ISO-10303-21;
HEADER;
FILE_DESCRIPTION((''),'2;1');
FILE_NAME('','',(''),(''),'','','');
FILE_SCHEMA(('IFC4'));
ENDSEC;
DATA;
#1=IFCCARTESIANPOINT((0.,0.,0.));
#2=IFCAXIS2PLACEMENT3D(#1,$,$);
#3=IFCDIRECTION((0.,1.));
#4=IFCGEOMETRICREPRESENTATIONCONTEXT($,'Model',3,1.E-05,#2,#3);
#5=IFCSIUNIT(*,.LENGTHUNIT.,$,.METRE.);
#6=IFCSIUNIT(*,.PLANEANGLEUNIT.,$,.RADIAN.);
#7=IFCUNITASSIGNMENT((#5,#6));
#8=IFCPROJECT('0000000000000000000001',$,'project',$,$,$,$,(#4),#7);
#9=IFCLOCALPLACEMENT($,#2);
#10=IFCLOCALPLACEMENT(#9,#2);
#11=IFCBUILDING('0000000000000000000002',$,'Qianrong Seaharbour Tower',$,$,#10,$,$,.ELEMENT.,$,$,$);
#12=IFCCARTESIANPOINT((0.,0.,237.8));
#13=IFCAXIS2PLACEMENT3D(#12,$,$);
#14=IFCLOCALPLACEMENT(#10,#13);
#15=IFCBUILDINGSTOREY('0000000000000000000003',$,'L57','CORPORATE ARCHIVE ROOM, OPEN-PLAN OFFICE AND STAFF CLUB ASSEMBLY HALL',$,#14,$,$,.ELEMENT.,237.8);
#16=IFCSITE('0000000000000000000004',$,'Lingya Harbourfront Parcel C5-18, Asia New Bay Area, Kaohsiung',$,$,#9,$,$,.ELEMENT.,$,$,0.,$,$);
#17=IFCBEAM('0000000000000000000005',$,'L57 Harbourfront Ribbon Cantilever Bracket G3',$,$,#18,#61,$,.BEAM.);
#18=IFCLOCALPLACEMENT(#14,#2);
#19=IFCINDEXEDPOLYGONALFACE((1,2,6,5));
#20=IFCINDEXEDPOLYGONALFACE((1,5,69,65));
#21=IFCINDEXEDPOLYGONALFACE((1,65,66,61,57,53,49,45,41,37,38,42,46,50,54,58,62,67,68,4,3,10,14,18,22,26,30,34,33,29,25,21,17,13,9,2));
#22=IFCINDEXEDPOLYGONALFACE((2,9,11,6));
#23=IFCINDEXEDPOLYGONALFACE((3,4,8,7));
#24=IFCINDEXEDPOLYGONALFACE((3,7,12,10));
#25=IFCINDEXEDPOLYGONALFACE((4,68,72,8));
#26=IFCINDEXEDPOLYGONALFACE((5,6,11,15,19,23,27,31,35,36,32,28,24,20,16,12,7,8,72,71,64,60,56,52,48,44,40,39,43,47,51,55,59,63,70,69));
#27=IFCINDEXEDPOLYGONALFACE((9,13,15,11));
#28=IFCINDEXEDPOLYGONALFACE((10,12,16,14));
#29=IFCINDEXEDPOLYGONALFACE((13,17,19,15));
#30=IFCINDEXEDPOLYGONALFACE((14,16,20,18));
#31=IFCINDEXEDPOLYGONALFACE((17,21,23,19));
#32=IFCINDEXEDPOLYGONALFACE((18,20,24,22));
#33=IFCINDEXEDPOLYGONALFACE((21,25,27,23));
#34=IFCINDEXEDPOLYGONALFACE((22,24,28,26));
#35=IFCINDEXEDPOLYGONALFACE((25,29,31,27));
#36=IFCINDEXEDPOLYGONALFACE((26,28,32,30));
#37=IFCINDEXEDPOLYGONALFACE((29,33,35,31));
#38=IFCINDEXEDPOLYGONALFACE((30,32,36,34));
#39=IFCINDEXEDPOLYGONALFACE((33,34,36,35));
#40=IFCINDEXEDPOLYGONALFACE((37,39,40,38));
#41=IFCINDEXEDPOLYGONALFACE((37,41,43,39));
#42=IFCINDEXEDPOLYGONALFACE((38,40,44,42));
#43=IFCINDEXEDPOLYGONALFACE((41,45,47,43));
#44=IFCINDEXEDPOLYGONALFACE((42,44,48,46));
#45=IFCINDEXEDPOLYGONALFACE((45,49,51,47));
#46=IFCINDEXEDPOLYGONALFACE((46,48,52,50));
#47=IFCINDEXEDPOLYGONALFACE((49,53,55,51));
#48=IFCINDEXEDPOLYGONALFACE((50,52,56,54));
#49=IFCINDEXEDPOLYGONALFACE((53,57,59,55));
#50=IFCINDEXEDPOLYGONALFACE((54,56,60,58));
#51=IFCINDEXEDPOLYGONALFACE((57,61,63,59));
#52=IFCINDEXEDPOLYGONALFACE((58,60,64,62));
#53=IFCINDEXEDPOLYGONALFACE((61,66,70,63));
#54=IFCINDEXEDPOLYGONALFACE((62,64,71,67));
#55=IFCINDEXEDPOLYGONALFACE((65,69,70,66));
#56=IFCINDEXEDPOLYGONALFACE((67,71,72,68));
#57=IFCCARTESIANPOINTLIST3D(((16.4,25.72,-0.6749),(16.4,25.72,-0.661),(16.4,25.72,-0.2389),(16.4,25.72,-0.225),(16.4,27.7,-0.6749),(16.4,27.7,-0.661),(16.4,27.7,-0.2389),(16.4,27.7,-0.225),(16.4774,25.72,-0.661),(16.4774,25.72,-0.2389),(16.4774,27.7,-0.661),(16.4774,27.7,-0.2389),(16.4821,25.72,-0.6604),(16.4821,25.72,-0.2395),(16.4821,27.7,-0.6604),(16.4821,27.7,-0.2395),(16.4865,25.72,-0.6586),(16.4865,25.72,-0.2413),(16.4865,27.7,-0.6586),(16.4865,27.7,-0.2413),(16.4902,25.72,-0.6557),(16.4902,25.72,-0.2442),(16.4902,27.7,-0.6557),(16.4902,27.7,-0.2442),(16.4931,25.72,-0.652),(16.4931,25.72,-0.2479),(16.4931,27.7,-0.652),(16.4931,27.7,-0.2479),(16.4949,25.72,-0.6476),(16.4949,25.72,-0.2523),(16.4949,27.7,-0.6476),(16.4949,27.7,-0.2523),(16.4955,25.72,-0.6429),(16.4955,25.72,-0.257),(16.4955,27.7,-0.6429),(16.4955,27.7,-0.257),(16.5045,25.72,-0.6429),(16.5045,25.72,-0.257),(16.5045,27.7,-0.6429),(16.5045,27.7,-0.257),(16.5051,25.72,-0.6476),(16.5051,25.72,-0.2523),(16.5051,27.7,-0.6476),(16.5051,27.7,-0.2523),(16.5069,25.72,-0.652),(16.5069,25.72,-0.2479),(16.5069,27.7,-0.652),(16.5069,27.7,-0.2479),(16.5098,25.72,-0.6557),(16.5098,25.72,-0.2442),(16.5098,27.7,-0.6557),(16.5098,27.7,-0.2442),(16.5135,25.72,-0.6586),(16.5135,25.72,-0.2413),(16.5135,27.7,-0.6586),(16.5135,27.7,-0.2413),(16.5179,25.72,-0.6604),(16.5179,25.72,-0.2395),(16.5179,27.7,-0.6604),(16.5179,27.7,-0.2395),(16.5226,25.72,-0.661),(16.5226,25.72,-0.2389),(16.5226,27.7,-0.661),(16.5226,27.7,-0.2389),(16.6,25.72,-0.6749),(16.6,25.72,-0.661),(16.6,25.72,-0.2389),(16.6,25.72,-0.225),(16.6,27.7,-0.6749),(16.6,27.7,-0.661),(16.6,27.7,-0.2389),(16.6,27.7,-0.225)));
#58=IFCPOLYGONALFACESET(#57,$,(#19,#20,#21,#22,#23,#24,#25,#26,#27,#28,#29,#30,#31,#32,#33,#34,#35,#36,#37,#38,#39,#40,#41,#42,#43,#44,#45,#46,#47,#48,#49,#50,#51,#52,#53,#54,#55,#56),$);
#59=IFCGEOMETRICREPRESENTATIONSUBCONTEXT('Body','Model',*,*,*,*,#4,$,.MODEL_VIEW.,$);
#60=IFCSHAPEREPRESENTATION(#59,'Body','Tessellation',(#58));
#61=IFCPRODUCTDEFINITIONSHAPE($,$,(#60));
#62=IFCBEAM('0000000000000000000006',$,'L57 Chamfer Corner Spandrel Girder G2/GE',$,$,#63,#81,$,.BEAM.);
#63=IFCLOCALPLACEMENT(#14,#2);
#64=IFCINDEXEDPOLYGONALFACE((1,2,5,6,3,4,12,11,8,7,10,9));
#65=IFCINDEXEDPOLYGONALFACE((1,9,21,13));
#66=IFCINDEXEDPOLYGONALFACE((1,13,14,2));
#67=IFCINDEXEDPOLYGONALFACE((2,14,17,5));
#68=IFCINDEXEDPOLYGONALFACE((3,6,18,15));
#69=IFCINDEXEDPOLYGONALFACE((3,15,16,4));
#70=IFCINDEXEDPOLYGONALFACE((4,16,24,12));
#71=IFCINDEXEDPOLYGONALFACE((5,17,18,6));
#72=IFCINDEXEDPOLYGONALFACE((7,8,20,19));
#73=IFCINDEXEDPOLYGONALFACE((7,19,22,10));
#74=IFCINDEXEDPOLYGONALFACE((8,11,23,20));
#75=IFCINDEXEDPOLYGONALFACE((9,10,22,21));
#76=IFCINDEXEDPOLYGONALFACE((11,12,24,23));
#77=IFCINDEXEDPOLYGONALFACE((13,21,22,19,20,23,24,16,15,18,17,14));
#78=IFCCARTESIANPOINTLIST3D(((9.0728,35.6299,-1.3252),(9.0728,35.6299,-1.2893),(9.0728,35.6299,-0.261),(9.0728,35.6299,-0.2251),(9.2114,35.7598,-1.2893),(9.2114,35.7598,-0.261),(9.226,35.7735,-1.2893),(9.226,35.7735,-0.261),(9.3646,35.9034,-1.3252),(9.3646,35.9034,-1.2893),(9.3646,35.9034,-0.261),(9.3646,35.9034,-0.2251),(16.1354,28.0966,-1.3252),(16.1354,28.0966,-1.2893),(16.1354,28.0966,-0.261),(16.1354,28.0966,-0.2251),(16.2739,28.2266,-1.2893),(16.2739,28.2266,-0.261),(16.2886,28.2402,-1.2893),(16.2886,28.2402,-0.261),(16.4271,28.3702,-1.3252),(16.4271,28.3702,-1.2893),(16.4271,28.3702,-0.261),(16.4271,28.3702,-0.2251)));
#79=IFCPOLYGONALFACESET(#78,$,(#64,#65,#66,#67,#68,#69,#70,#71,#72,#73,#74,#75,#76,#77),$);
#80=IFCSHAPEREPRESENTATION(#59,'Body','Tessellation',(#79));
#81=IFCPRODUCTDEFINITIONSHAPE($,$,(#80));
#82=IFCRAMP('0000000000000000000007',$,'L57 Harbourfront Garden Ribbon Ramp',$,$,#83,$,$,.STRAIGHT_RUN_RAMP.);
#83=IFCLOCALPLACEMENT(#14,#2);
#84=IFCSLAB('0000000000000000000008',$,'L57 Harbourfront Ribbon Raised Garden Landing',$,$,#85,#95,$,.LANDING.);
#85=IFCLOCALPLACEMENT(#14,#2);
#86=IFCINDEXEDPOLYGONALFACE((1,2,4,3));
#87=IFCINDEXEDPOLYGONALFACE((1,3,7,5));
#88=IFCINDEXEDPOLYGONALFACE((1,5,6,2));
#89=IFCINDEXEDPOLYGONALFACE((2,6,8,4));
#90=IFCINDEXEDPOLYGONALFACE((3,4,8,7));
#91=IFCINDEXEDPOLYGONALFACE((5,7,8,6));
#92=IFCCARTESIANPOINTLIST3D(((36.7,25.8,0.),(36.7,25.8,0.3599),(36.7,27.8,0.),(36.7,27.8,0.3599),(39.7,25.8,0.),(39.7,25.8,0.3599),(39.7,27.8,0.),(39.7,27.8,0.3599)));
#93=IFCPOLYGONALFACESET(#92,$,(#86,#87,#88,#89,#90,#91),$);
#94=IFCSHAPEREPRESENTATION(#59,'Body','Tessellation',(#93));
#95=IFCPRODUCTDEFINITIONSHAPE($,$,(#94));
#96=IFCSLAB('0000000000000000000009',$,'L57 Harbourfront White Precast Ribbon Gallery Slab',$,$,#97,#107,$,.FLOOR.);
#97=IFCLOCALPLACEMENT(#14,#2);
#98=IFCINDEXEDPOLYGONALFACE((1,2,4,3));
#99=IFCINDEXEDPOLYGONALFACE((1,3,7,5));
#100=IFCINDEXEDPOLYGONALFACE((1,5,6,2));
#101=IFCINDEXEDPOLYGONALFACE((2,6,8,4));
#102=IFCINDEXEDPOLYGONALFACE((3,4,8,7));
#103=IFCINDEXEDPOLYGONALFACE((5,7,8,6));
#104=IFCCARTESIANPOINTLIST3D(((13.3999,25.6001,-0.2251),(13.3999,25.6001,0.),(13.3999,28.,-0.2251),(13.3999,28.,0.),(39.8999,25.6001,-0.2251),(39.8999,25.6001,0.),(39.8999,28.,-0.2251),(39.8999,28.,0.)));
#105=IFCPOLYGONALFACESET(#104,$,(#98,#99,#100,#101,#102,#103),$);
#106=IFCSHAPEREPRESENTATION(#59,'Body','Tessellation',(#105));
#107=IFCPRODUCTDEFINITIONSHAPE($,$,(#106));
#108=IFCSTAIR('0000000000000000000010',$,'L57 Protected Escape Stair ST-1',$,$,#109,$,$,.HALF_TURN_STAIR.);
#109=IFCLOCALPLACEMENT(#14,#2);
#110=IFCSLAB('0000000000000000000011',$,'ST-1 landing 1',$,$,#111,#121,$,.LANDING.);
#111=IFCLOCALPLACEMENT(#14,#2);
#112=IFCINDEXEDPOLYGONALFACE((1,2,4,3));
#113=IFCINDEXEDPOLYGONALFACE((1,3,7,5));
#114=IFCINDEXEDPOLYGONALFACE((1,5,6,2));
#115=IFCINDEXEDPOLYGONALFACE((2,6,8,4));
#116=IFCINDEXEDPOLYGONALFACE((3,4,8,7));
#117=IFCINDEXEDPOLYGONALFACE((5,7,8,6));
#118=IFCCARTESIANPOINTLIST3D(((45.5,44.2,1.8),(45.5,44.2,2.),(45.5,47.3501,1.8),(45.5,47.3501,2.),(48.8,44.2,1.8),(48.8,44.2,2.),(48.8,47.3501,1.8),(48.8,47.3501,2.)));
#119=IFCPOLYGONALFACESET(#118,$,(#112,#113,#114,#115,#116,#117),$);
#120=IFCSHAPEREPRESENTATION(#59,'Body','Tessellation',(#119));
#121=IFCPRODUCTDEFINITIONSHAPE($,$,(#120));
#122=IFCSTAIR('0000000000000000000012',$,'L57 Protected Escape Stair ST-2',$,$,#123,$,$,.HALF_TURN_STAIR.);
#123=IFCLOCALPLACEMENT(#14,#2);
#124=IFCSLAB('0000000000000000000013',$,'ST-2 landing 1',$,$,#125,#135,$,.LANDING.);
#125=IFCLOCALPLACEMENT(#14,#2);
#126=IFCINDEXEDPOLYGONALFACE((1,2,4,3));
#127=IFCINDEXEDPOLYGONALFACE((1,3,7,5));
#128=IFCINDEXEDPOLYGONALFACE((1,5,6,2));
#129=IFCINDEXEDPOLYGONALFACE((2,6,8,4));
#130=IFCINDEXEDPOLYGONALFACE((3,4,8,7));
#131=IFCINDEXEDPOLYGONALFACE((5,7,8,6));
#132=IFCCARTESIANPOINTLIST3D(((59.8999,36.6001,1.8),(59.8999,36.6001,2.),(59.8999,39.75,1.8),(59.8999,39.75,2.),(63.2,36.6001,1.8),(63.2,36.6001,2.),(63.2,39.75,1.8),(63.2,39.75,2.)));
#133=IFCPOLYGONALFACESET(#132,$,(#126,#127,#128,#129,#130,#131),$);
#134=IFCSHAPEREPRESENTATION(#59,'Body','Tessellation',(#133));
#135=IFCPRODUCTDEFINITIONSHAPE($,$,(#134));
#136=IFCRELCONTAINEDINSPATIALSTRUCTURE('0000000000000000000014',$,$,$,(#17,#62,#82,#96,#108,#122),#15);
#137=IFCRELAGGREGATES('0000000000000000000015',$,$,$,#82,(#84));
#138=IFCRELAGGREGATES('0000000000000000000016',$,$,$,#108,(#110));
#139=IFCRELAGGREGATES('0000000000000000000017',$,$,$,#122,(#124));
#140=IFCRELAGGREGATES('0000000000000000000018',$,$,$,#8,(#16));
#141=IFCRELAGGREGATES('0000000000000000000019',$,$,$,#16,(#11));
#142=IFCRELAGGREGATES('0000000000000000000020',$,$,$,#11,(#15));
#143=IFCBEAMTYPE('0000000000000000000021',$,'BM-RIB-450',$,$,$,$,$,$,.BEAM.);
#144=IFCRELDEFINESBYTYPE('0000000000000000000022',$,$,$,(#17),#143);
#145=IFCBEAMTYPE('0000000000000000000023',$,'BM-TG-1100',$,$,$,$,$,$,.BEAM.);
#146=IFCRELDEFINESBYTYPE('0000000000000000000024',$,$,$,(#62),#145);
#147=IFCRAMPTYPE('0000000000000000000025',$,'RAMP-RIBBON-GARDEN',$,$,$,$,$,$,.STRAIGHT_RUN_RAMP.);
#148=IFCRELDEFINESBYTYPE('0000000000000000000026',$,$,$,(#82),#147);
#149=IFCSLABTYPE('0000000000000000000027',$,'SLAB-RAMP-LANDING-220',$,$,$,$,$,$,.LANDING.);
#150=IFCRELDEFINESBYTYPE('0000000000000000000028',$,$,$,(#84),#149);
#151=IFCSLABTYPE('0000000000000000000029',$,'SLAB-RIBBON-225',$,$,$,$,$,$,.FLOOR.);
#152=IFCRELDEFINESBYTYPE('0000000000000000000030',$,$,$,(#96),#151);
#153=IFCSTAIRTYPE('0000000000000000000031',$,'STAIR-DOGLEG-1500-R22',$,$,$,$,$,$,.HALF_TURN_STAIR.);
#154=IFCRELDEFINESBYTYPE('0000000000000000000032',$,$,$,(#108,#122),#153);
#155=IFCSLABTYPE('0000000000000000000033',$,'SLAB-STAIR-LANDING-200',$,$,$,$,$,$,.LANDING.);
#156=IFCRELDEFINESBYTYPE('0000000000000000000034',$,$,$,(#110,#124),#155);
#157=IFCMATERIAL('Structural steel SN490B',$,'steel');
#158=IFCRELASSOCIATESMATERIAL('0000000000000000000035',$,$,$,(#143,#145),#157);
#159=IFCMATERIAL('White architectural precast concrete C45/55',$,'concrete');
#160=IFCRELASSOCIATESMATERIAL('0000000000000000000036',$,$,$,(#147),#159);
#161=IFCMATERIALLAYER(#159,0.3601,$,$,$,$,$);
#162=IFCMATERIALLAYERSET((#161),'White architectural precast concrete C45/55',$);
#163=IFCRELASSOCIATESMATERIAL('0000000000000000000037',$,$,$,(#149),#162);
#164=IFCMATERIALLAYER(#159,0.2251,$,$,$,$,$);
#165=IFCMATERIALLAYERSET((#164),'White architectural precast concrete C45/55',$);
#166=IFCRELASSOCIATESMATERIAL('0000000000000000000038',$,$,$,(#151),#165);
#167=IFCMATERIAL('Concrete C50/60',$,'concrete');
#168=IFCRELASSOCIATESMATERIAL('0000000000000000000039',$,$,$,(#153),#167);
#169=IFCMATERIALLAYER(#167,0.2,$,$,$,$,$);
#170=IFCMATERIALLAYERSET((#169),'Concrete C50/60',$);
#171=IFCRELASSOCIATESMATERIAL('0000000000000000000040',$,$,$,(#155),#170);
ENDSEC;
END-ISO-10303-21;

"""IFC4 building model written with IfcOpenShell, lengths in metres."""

from ifc_helpers import new_model, si_unit, direction, frame, origin, origin_2d, place, context, subcontext, project, spatial, polyline, i_section, outline, extrude, material, layer, layer_set, material_profile, profile_set, type_object, element, aggregate, save


model = new_model("IFC4")

# Units and contexts
model_context = context("Model", 3, precision=1e-05, world=origin(), true_north=direction((0.0, 1.0)))
body_context = subcontext(model_context, "Body", "Model", "MODEL_VIEW")
ifc_project = project(units=[si_unit("LENGTHUNIT", "METRE"), si_unit("PLANEANGLEUNIT", "RADIAN")], contexts=[model_context])

# Site, building, storey
site_placement = place(None, origin())
site = spatial("IfcSite", under=ifc_project, at=site_placement, Name="Lingya Harbourfront Parcel C5-18, Asia New Bay Area, Kaohsiung", CompositionType="ELEMENT", RefElevation=0.0)
building_placement = place(site_placement, origin())
building = spatial("IfcBuilding", under=site, at=building_placement, Name="Qianrong Seaharbour Tower", CompositionType="ELEMENT")
storey_placement = place(building_placement, frame((0.0, 0.0, 237.8)))
storey = spatial("IfcBuildingStorey", under=building, at=storey_placement, Name="L57", Description="CORPORATE ARCHIVE ROOM, OPEN-PLAN OFFICE AND STAFF CLUB ASSEMBLY HALL", CompositionType="ELEMENT", Elevation=237.8)

# Shared definitions
ifc_material_1 = material(Name="Structural steel SN490B", Category="steel")

# Beams
ifc_material_profile_1 = material_profile(ifc_material_1, i_section(OverallWidth=0.2, OverallDepth=0.45, WebThickness=0.009, FlangeThickness=0.0139, FilletRadius=0.0181, at=origin_2d()), Name="H450x200x9x14")
ifc_profile_set_1 = profile_set([ifc_material_profile_1], Name="Structural steel SN490B")
beam_type_1 = type_object("IfcBeamType", Name="BM-RIB-450", PredefinedType="BEAM", material=ifc_profile_set_1)
beam_1_placement = place(storey_placement, frame((16.5, 27.7, -0.45), z_axis=(0.0, -1.0, 0.0), x_axis=(1.0, 0.0, 0.0)))
element("IfcBeam", 1, at=beam_1_placement, inside=storey, type_object=beam_type_1, Name="L57 Harbourfront Ribbon Cantilever Bracket G3", PredefinedType="BEAM", context=body_context, shape_type="SweptSolid", body=[
    extrude(i_section(OverallWidth=0.2, OverallDepth=0.45, WebThickness=0.009, FlangeThickness=0.0139, FilletRadius=0.0181, at=origin_2d()), origin(), (0.0, 0.0, 1.0), 1.98),
])
ifc_material_profile_2 = material_profile(ifc_material_1, i_section(OverallWidth=0.3999, OverallDepth=1.1001, WebThickness=0.02, FlangeThickness=0.0359, at=origin_2d()), Name="BH1100x400x20x36")
ifc_profile_set_2 = profile_set([ifc_material_profile_2], Name="Structural steel SN490B")
beam_type_2 = type_object("IfcBeamType", Name="BM-TG-1100", PredefinedType="BEAM", material=ifc_profile_set_2)
beam_2_placement = place(storey_placement, frame((16.2812, 28.2334, -0.7751), z_axis=(-0.683947, 0.729531, 0.0), x_axis=(-0.729531, -0.683947, 0.0)))
element("IfcBeam", 2, at=beam_2_placement, inside=storey, type_object=beam_type_2, Name="L57 Chamfer Corner Spandrel Girder G2/GE", PredefinedType="BEAM", context=body_context, shape_type="SweptSolid", body=[
    extrude(i_section(OverallWidth=0.3999, OverallDepth=1.1001, WebThickness=0.02, FlangeThickness=0.0359, at=origin_2d()), origin(), (0.0, 0.0, 1.0), 10.3262),
])

# Ramp, slab
ifc_material_2 = material(Name="White architectural precast concrete C45/55", Category="concrete")
ramp_type = type_object("IfcRampType", Name="RAMP-RIBBON-GARDEN", PredefinedType="STRAIGHT_RUN_RAMP", material=ifc_material_2)
ramp_placement = place(storey_placement, origin())
ramp = element("IfcRamp", 3, at=ramp_placement, inside=storey, type_object=ramp_type, Name="L57 Harbourfront Garden Ribbon Ramp", PredefinedType="STRAIGHT_RUN_RAMP")
ifc_layer_1 = layer(ifc_material_2, 0.3601)
ifc_layer_set_1 = layer_set([ifc_layer_1], Name="White architectural precast concrete C45/55")
slab_type_1 = type_object("IfcSlabType", Name="SLAB-RAMP-LANDING-220", PredefinedType="LANDING", material=ifc_layer_set_1)
slab_1_placement = place(storey_placement, origin())
slab_1 = element("IfcSlab", 4, at=slab_1_placement, type_object=slab_type_1, Name="L57 Harbourfront Ribbon Raised Garden Landing", PredefinedType="LANDING", context=body_context, shape_type="SweptSolid", body=[
    extrude(outline(polyline([(36.7, 25.8), (39.7, 25.8), (39.7, 27.8), (36.7, 27.8), (36.7, 25.8)])), origin(), (0.0, 0.0, 1.0), 0.3599),
])
aggregate(ramp, [slab_1])

# Slab
ifc_layer_2 = layer(ifc_material_2, 0.2251)
ifc_layer_set_2 = layer_set([ifc_layer_2], Name="White architectural precast concrete C45/55")
slab_type_2 = type_object("IfcSlabType", Name="SLAB-RIBBON-225", PredefinedType="FLOOR", material=ifc_layer_set_2)
slab_2_placement = place(storey_placement, frame((0.0, 0.0, -0.2251)))
element("IfcSlab", 5, at=slab_2_placement, inside=storey, type_object=slab_type_2, Name="L57 Harbourfront White Precast Ribbon Gallery Slab", PredefinedType="FLOOR", context=body_context, shape_type="SweptSolid", body=[
    extrude(outline(polyline([(13.3999, 25.6001), (39.8999, 25.6001), (39.8999, 28.0), (13.3999, 28.0), (13.3999, 25.6001)])), origin(), (0.0, 0.0, 1.0), 0.2251),
])

# Stairs, slabs
ifc_material_3 = material(Name="Concrete C50/60", Category="concrete")
stair_type = type_object("IfcStairType", Name="STAIR-DOGLEG-1500-R22", PredefinedType="HALF_TURN_STAIR", material=ifc_material_3)
stair_1_placement = place(storey_placement, origin())
stair_1 = element("IfcStair", 6, at=stair_1_placement, inside=storey, type_object=stair_type, Name="L57 Protected Escape Stair ST-1", PredefinedType="HALF_TURN_STAIR")
ifc_layer_3 = layer(ifc_material_3, 0.2)
ifc_layer_set_3 = layer_set([ifc_layer_3], Name="Concrete C50/60")
slab_type_3 = type_object("IfcSlabType", Name="SLAB-STAIR-LANDING-200", PredefinedType="LANDING", material=ifc_layer_set_3)
slab_3_placement = place(storey_placement, frame((0.0, 0.0, 1.8)))
slab_3 = element("IfcSlab", 7, at=slab_3_placement, type_object=slab_type_3, Name="ST-1 landing 1", PredefinedType="LANDING", context=body_context, shape_type="SweptSolid", body=[
    extrude(outline(polyline([(45.5, 44.2), (48.8, 44.2), (48.8, 47.3501), (45.5, 47.3501), (45.5, 44.2)])), origin(), (0.0, 0.0, 1.0), 0.2),
])
aggregate(stair_1, [slab_3])
stair_2_placement = place(storey_placement, origin())
stair_2 = element("IfcStair", 8, at=stair_2_placement, inside=storey, type_object=stair_type, Name="L57 Protected Escape Stair ST-2", PredefinedType="HALF_TURN_STAIR")
slab_4_placement = place(storey_placement, frame((0.0, 0.0, 1.8)))
slab_4 = element("IfcSlab", 9, at=slab_4_placement, type_object=slab_type_3, Name="ST-2 landing 1", PredefinedType="LANDING", context=body_context, shape_type="SweptSolid", body=[
    extrude(outline(polyline([(59.8999, 36.6001), (63.2, 36.6001), (63.2, 39.75), (59.8999, 39.75), (59.8999, 36.6001)])), origin(), (0.0, 0.0, 1.0), 0.2),
])
aggregate(stair_2, [slab_4])

save(model, "model.ifc")
